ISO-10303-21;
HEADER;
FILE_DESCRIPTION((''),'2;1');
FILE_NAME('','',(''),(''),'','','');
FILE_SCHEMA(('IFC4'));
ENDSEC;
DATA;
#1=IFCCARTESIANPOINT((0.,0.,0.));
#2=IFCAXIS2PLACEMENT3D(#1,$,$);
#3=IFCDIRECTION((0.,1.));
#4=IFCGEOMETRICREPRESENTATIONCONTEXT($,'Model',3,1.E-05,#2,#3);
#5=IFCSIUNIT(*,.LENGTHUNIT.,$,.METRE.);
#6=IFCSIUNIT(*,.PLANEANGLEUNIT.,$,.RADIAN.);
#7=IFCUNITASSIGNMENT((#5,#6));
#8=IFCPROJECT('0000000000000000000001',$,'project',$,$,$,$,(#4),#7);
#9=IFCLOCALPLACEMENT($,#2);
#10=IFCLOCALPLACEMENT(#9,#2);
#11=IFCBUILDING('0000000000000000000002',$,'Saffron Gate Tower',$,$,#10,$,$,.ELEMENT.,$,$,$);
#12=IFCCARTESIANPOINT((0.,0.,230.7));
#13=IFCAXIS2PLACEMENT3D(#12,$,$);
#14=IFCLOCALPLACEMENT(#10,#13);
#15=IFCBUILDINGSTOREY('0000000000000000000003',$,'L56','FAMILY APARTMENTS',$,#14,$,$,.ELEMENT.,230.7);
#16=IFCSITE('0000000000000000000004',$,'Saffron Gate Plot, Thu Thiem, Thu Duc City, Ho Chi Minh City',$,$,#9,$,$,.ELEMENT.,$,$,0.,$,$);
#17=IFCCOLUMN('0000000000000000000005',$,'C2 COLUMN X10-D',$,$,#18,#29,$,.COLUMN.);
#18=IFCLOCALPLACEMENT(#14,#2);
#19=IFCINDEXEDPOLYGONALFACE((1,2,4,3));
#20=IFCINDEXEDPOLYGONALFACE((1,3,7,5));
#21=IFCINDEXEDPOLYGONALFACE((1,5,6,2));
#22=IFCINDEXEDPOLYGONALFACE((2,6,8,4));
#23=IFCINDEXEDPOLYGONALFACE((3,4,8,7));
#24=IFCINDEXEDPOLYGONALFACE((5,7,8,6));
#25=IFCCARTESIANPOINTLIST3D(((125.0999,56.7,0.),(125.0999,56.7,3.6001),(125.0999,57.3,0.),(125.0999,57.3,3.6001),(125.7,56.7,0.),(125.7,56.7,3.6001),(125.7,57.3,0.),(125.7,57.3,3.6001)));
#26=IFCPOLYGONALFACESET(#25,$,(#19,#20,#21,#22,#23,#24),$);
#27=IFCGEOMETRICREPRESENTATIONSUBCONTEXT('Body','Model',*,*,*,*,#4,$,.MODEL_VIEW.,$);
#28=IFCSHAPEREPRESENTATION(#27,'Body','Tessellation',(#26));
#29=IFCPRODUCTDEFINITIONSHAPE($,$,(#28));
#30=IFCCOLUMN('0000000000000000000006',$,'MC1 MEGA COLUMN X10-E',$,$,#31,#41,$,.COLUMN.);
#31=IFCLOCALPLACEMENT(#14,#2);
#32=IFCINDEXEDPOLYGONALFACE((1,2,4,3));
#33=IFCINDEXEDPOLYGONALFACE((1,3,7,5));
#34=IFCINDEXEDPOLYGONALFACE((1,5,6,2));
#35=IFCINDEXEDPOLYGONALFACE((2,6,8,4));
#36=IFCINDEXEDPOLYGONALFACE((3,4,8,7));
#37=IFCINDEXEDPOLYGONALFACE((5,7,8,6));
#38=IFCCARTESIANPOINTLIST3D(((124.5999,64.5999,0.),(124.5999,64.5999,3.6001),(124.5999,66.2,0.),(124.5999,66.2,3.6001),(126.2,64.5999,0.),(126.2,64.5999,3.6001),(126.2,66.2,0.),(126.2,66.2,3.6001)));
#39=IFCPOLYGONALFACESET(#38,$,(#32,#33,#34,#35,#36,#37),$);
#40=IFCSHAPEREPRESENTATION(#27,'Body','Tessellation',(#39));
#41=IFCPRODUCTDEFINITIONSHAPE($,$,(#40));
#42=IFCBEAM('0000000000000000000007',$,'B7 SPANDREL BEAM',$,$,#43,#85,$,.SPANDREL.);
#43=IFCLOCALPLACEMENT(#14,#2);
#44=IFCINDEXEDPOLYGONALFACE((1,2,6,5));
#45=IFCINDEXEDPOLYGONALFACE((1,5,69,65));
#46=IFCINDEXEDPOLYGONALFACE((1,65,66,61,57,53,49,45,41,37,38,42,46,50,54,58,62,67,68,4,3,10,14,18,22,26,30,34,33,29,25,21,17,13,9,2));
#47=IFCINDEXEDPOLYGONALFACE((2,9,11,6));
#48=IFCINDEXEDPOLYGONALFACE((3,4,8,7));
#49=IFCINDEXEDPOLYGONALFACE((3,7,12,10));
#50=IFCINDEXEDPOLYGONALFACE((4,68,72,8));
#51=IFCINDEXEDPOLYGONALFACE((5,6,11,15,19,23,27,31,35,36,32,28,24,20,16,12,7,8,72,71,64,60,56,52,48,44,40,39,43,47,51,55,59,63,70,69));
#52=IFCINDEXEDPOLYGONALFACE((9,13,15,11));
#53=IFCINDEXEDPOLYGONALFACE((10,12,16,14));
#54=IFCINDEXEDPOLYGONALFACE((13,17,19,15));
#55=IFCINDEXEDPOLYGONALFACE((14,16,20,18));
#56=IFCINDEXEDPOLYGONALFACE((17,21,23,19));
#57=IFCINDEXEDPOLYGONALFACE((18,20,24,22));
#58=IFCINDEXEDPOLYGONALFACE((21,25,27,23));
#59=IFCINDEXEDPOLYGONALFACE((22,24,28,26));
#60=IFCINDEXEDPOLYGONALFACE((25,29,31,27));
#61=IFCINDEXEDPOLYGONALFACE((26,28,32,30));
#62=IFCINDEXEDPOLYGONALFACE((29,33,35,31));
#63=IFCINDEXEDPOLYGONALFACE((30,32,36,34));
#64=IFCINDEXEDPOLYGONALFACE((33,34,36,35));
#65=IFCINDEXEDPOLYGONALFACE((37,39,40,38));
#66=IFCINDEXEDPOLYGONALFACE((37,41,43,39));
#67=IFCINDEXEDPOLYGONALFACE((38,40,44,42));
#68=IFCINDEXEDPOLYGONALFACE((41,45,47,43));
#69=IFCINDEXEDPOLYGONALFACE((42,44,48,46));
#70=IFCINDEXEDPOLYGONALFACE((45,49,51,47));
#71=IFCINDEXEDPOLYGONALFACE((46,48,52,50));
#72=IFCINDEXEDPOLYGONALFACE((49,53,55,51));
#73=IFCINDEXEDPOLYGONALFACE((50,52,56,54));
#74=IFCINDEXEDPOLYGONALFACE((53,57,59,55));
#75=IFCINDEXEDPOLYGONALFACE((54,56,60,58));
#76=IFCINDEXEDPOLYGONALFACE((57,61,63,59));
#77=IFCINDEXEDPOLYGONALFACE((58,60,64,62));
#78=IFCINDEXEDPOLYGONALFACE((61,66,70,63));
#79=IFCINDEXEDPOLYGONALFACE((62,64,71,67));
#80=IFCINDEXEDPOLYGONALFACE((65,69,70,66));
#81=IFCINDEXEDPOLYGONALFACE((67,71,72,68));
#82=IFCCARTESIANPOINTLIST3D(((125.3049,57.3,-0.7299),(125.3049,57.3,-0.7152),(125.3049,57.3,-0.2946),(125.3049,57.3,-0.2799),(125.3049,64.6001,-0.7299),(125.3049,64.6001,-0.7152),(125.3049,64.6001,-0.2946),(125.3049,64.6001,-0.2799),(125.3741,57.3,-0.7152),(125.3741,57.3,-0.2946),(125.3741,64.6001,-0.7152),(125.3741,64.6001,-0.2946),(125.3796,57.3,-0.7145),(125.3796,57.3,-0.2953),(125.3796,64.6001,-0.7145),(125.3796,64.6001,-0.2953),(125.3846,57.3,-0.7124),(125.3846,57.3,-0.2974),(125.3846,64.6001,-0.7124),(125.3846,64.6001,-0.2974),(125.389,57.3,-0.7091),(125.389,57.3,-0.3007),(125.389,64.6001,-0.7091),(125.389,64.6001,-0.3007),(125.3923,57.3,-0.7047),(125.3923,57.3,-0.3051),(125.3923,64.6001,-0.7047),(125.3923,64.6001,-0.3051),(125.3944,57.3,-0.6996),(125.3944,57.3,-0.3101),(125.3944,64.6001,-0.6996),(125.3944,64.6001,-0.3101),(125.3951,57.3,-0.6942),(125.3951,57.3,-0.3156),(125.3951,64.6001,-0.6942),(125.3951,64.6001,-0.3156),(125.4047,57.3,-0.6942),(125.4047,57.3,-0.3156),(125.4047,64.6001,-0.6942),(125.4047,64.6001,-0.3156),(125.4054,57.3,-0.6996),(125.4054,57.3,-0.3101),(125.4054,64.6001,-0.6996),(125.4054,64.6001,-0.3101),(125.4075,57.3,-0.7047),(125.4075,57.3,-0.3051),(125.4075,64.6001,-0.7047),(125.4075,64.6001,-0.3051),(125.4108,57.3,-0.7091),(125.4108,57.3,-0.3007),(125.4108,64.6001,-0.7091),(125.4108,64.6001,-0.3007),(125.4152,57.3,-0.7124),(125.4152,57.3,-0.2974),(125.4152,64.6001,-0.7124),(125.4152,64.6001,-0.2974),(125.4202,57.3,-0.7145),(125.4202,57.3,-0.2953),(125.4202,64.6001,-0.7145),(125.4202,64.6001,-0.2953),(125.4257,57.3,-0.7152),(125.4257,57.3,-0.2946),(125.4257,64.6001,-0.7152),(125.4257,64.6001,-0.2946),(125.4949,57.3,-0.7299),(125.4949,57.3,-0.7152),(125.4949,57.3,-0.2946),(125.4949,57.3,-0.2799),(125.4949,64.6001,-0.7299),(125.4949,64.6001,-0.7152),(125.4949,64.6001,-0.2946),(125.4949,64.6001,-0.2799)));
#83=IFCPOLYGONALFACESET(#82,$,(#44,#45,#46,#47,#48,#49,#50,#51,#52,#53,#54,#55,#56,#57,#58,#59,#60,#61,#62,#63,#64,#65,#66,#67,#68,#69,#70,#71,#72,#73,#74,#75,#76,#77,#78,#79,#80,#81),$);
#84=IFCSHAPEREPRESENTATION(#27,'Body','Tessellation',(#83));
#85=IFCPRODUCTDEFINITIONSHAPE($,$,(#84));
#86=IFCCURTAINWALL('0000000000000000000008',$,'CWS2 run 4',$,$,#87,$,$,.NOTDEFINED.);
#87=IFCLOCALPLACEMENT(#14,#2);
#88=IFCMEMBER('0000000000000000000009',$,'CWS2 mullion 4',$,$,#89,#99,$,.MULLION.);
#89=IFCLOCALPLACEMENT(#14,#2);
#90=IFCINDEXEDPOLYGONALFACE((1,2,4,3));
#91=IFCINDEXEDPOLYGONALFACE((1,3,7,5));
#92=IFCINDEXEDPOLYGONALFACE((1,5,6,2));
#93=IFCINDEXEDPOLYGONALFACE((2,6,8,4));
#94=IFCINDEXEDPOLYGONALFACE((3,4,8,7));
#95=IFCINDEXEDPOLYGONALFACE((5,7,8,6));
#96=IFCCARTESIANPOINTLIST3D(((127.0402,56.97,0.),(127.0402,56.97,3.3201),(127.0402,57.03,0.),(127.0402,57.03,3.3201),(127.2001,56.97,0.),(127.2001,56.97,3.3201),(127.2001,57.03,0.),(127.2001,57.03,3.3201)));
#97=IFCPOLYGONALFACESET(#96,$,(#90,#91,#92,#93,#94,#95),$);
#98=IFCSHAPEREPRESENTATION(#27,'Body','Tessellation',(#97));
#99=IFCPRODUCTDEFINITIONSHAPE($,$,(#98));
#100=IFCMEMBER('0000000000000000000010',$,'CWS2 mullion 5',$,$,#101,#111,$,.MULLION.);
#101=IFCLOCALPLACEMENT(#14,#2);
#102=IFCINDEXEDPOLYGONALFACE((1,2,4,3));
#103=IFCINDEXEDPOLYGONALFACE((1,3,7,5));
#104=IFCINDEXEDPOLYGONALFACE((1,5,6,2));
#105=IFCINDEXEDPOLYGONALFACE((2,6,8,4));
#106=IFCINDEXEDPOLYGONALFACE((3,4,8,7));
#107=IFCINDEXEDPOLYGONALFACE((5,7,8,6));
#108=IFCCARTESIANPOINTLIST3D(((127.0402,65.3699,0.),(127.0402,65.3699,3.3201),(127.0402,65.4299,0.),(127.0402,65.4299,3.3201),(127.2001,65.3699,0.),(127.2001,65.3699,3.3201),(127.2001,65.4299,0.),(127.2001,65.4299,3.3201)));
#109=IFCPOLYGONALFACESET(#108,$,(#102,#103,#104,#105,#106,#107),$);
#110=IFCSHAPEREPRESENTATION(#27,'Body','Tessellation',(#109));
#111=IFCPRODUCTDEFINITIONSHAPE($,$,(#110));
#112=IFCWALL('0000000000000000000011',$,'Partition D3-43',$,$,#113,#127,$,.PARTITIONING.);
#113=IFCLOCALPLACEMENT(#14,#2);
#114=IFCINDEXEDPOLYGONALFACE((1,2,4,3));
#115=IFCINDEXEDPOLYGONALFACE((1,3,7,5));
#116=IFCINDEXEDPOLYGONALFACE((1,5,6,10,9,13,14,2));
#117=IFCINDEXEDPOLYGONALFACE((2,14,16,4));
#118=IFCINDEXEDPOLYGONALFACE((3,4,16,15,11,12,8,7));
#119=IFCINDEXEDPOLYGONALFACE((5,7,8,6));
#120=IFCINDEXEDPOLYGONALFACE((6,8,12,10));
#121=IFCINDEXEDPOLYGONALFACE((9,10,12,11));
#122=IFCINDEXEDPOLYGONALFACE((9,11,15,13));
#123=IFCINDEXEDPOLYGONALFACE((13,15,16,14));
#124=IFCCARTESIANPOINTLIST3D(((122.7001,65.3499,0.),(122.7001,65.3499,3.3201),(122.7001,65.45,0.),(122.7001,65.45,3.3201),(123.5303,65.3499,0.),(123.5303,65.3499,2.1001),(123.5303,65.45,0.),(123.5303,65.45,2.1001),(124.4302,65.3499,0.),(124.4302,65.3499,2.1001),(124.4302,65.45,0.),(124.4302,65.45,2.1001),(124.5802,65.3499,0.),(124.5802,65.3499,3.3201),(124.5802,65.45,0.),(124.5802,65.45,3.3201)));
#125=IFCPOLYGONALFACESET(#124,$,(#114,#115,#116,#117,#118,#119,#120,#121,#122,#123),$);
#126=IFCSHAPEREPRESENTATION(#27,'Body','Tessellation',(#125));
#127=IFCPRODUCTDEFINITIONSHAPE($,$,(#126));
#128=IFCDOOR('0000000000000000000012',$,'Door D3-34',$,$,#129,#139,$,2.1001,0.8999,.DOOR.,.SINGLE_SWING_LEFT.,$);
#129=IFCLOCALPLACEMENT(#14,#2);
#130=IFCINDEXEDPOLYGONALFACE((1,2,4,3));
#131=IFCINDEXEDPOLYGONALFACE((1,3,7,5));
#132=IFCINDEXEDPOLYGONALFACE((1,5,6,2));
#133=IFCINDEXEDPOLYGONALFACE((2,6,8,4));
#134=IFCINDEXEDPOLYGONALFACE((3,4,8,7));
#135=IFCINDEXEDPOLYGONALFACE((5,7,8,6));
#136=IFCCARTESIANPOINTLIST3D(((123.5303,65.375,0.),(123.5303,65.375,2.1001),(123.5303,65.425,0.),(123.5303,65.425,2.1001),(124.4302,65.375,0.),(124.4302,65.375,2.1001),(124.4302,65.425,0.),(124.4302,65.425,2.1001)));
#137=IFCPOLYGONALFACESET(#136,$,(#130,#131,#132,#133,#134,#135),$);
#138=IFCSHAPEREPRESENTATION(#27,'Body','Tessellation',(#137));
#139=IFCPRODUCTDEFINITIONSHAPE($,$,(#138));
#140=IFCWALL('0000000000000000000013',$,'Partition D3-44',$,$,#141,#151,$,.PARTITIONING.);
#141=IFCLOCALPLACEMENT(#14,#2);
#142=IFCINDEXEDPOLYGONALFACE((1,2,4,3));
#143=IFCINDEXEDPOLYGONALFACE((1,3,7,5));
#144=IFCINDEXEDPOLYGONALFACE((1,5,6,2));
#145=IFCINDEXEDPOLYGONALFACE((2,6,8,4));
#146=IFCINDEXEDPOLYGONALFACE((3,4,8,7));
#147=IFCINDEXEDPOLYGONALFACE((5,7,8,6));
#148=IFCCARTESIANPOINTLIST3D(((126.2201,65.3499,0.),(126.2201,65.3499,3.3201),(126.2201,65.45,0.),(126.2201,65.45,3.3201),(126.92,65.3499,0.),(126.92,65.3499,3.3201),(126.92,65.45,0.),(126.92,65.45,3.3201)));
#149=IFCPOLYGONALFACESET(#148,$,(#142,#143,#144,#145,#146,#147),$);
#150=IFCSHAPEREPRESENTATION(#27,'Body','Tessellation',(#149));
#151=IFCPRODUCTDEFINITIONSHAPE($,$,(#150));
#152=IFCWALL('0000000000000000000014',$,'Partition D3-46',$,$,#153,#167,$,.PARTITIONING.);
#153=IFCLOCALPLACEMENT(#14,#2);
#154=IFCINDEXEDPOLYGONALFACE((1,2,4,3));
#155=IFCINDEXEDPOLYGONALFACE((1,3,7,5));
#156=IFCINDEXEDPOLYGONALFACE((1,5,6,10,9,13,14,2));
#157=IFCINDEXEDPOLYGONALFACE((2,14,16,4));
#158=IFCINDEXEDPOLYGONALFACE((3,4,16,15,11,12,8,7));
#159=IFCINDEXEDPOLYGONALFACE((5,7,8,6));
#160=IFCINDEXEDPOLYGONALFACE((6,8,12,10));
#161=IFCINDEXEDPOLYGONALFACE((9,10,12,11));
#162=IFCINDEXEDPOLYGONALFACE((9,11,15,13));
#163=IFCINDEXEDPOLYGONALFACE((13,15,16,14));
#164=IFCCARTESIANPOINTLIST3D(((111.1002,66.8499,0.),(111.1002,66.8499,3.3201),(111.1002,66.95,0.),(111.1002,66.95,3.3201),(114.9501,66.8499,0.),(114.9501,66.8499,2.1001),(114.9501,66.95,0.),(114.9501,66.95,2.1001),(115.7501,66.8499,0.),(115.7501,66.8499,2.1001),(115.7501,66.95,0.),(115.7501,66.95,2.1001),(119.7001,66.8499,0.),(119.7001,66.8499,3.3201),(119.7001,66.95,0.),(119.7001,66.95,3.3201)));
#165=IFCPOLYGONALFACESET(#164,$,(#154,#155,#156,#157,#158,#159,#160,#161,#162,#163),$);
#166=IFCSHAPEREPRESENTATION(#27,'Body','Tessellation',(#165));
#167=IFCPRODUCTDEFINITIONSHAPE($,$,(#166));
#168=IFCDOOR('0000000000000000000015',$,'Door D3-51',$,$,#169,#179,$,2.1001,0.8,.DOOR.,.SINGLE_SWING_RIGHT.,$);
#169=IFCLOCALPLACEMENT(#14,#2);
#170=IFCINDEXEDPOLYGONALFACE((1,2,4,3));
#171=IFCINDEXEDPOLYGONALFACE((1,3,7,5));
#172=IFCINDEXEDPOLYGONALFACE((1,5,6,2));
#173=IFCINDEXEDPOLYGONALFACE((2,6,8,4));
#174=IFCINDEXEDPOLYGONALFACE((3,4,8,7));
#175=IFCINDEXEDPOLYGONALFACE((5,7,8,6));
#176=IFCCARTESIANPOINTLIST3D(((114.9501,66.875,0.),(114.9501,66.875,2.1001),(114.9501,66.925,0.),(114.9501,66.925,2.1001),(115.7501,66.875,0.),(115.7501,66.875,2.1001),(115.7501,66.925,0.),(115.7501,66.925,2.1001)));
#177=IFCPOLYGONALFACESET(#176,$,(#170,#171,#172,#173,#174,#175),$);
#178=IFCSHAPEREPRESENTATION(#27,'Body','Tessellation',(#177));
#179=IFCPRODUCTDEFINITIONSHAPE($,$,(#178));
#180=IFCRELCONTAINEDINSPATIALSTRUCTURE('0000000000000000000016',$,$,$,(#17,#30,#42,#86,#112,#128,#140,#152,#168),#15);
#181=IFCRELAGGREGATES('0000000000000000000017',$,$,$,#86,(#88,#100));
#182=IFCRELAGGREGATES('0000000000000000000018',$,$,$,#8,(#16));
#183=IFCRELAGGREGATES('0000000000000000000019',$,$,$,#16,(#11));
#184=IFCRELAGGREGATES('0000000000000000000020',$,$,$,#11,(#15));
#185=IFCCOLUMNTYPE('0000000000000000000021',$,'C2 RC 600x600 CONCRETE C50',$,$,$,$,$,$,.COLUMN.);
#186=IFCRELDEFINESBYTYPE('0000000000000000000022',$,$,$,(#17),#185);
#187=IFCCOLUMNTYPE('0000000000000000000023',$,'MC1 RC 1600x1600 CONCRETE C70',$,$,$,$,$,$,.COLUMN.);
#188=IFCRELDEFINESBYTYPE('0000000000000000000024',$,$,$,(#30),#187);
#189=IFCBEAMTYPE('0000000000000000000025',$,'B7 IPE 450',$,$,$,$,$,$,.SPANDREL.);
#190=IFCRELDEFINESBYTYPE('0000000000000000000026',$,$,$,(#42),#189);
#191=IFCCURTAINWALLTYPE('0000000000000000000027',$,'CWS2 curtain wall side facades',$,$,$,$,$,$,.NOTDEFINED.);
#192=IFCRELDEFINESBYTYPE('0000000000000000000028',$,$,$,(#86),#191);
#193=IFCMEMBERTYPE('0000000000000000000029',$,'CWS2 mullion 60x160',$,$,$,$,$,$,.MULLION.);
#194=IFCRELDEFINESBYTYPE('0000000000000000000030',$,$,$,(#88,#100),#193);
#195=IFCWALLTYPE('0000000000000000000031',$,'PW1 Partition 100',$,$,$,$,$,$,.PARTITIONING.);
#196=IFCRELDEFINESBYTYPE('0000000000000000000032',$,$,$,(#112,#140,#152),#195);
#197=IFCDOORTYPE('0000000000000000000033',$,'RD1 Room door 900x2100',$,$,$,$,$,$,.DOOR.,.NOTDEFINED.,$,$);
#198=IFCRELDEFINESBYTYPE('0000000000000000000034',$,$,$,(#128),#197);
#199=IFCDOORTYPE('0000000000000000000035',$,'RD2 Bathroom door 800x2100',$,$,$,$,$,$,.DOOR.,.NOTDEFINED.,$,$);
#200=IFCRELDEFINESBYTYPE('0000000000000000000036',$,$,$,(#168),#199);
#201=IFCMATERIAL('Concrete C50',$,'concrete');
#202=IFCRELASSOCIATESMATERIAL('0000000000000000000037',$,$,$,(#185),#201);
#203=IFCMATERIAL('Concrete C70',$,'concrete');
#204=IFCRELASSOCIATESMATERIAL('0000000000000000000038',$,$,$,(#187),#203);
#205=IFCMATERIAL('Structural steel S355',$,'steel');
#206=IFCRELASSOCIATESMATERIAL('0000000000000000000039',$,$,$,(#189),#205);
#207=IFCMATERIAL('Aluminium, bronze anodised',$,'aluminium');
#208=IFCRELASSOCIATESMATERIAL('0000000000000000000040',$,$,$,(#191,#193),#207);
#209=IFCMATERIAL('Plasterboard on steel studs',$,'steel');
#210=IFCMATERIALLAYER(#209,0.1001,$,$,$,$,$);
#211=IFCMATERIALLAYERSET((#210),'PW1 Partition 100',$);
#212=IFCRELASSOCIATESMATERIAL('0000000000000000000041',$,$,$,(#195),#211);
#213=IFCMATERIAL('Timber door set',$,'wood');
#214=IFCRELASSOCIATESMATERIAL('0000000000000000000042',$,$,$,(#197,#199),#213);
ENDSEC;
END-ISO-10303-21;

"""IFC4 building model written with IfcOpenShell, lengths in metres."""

from ifc_helpers import new_model, si_unit, direction, frame, frame_2d, origin, origin_2d, place, context, subcontext, project, spatial, rectangle, i_section, extrude, material, layer, layer_set, material_profile, profile_set, type_object, element, fill, aggregate, save


model = new_model("IFC4")

# Units and contexts
model_context = context("Model", 3, precision=1e-05, world=origin(), true_north=direction((0.0, 1.0)))
body_context = subcontext(model_context, "Body", "Model", "MODEL_VIEW")
ifc_project = project(units=[si_unit("LENGTHUNIT", "METRE"), si_unit("PLANEANGLEUNIT", "RADIAN")], contexts=[model_context])

# Site, building, storey
site_placement = place(None, origin())
site = spatial("IfcSite", under=ifc_project, at=site_placement, Name="Saffron Gate Plot, Thu Thiem, Thu Duc City, Ho Chi Minh City", CompositionType="ELEMENT", RefElevation=0.0)
building_placement = place(site_placement, origin())
building = spatial("IfcBuilding", under=site, at=building_placement, Name="Saffron Gate Tower", CompositionType="ELEMENT")
storey_placement = place(building_placement, frame((0.0, 0.0, 230.7)))
storey = spatial("IfcBuildingStorey", under=building, at=storey_placement, Name="L56", Description="FAMILY APARTMENTS", CompositionType="ELEMENT", Elevation=230.7)

# Columns
ifc_material_1 = material(Name="Concrete C50", Category="concrete")
ifc_material_profile_1 = material_profile(ifc_material_1, rectangle(XDim=0.6001, YDim=0.6001, at=origin_2d()))
ifc_profile_set_1 = profile_set([ifc_material_profile_1], Name="Concrete C50")
column_type_1 = type_object("IfcColumnType", Name="C2 RC 600x600 CONCRETE C50", PredefinedType="COLUMN", material=ifc_profile_set_1)
column_1_placement = place(storey_placement, frame((125.3999, 57.0, 0.0), z_axis=(0.0, 0.0, 1.0), x_axis=(1.0, 0.0, 0.0)))
element("IfcColumn", 1, at=column_1_placement, inside=storey, type_object=column_type_1, Name="C2 COLUMN X10-D", PredefinedType="COLUMN", context=body_context, shape_type="SweptSolid", body=[
    extrude(rectangle(XDim=0.6001, YDim=0.6001, at=origin_2d()), origin(), (0.0, 0.0, 1.0), 3.6001),
])
ifc_material_2 = material(Name="Concrete C70", Category="concrete")
ifc_material_profile_2 = material_profile(ifc_material_2, rectangle(XDim=1.6001, YDim=1.6001, at=origin_2d()))
ifc_profile_set_2 = profile_set([ifc_material_profile_2], Name="Concrete C70")
column_type_2 = type_object("IfcColumnType", Name="MC1 RC 1600x1600 CONCRETE C70", PredefinedType="COLUMN", material=ifc_profile_set_2)
column_2_placement = place(storey_placement, frame((125.3999, 65.3999, 0.0), z_axis=(0.0, 0.0, 1.0), x_axis=(1.0, 0.0, 0.0)))
element("IfcColumn", 2, at=column_2_placement, inside=storey, type_object=column_type_2, Name="MC1 MEGA COLUMN X10-E", PredefinedType="COLUMN", context=body_context, shape_type="SweptSolid", body=[
    extrude(rectangle(XDim=1.6001, YDim=1.6001, at=origin_2d()), origin(), (0.0, 0.0, 1.0), 3.6001),
])

# Beam
ifc_material_3 = material(Name="Structural steel S355", Category="steel")
ifc_material_profile_3 = material_profile(ifc_material_3, i_section(OverallWidth=0.1899, OverallDepth=0.45, WebThickness=0.0095, FlangeThickness=0.0146, FilletRadius=0.021, at=origin_2d()))
ifc_profile_set_3 = profile_set([ifc_material_profile_3], Name="Structural steel S355")
beam_type = type_object("IfcBeamType", Name="B7 IPE 450", PredefinedType="SPANDREL", material=ifc_profile_set_3)
beam_placement = place(storey_placement, frame((125.3999, 57.3, -0.5049), z_axis=(0.0, 1.0, 0.0), x_axis=(-1.0, 0.0, 0.0)))
element("IfcBeam", 3, at=beam_placement, inside=storey, type_object=beam_type, Name="B7 SPANDREL BEAM", PredefinedType="SPANDREL", context=body_context, shape_type="SweptSolid", body=[
    extrude(i_section(OverallWidth=0.1899, OverallDepth=0.45, WebThickness=0.0095, FlangeThickness=0.0146, FilletRadius=0.021, at=origin_2d()), origin(), (0.0, 0.0, 1.0), 7.3),
])

# Curtain wall, members
ifc_material_4 = material(Name="Aluminium, bronze anodised", Category="aluminium")
curtain_wall_type = type_object("IfcCurtainWallType", Name="CWS2 curtain wall side facades", PredefinedType="NOTDEFINED", material=ifc_material_4)
curtain_wall_placement = place(storey_placement, origin())
curtain_wall = element("IfcCurtainWall", 4, at=curtain_wall_placement, inside=storey, type_object=curtain_wall_type, Name="CWS2 run 4", PredefinedType="NOTDEFINED")
ifc_material_profile_4 = material_profile(ifc_material_4, rectangle(XDim=0.1599, YDim=0.0601, at=origin_2d()))
ifc_profile_set_4 = profile_set([ifc_material_profile_4], Name="Aluminium, bronze anodised")
member_type = type_object("IfcMemberType", Name="CWS2 mullion 60x160", PredefinedType="MULLION", material=ifc_profile_set_4)
member_1_placement = place(storey_placement, frame((127.1201, 57.0, 0.0), z_axis=(0.0, 0.0, 1.0), x_axis=(-1.0, 0.0, 0.0)))
member_1 = element("IfcMember", 5, at=member_1_placement, type_object=member_type, Name="CWS2 mullion 4", PredefinedType="MULLION", context=body_context, shape_type="SweptSolid", body=[
    extrude(rectangle(XDim=0.1599, YDim=0.0601, at=origin_2d()), origin(), (0.0, 0.0, 1.0), 3.3201),
])
member_2_placement = place(storey_placement, frame((127.1201, 65.3999, 0.0), z_axis=(0.0, 0.0, 1.0), x_axis=(-1.0, 0.0, 0.0)))
member_2 = element("IfcMember", 6, at=member_2_placement, type_object=member_type, Name="CWS2 mullion 5", PredefinedType="MULLION", context=body_context, shape_type="SweptSolid", body=[
    extrude(rectangle(XDim=0.1599, YDim=0.0601, at=origin_2d()), origin(), (0.0, 0.0, 1.0), 3.3201),
])
aggregate(curtain_wall, [member_1, member_2])

# Wall, opening, door
ifc_material_5 = material(Name="Plasterboard on steel studs", Category="steel")
ifc_layer = layer(ifc_material_5, 0.1001)
ifc_layer_set = layer_set([ifc_layer], Name="PW1 Partition 100")
wall_type = type_object("IfcWallType", Name="PW1 Partition 100", PredefinedType="PARTITIONING", material=ifc_layer_set)
wall_1_placement = place(storey_placement, frame((124.5801, 65.3999, 0.0), z_axis=(0.0, 0.0, 1.0), x_axis=(-1.0, 0.0, 0.0)))
wall_1 = element("IfcWall", 7, at=wall_1_placement, inside=storey, type_object=wall_type, Name="Partition D3-43", PredefinedType="PARTITIONING", context=body_context, shape_type="SweptSolid", body=[
    extrude(rectangle(XDim=1.8801, YDim=0.1001, at=frame_2d((0.9399, 0.0))), origin(), (0.0, 0.0, 1.0), 3.3201),
])
opening_1_placement = place(wall_1_placement, frame((0.1499, 0.0, 0.0)))
opening_1 = element("IfcOpeningElement", 8, at=opening_1_placement, cuts=wall_1, PredefinedType="OPENING", context=body_context, shape_type="SweptSolid", body=[
    extrude(rectangle(XDim=0.8999, YDim=2.1001, at=frame_2d((0.45, 1.05))), frame((0.0, 0.0601, 0.0), z_axis=(0.0, -1.0, 0.0), x_axis=(1.0, 0.0, 0.0)), (0.0, 0.0, 1.0), 0.1201),
])
ifc_material_6 = material(Name="Timber door set", Category="wood")
door_type_1 = type_object("IfcDoorType", Name="RD1 Room door 900x2100", OperationType="NOTDEFINED", PredefinedType="DOOR", material=ifc_material_6)
door_1_placement = place(opening_1_placement, origin())
door_1 = element("IfcDoor", 9, at=door_1_placement, inside=storey, type_object=door_type_1, Name="Door D3-34", OperationType="SINGLE_SWING_LEFT", OverallHeight=2.1001, OverallWidth=0.8999, PredefinedType="DOOR", context=body_context, shape_type="SweptSolid", body=[
    extrude(rectangle(XDim=0.8999, YDim=2.1001, at=frame_2d((0.45, 1.05))), frame((0.0, 0.0249, 0.0), z_axis=(0.0, -1.0, 0.0), x_axis=(1.0, 0.0, 0.0)), (0.0, 0.0, 1.0), 0.05),
])
fill(opening_1, door_1)

# Wall
wall_2_placement = place(storey_placement, frame((126.22, 65.3999, 0.0), z_axis=(0.0, 0.0, 1.0), x_axis=(1.0, 0.0, 0.0)))
element("IfcWall", 10, at=wall_2_placement, inside=storey, type_object=wall_type, Name="Partition D3-44", PredefinedType="PARTITIONING", context=body_context, shape_type="SweptSolid", body=[
    extrude(rectangle(XDim=0.7, YDim=0.1001, at=frame_2d((0.3501, 0.0))), origin(), (0.0, 0.0, 1.0), 3.3201),
])

# Wall, opening, door
wall_3_placement = place(storey_placement, frame((119.7, 66.8999, 0.0), z_axis=(0.0, 0.0, 1.0), x_axis=(-1.0, 0.0, 0.0)))
wall_3 = element("IfcWall", 11, at=wall_3_placement, inside=storey, type_object=wall_type, Name="Partition D3-46", PredefinedType="PARTITIONING", context=body_context, shape_type="SweptSolid", body=[
    extrude(rectangle(XDim=8.5999, YDim=0.1001, at=frame_2d((4.2998, 0.0))), origin(), (0.0, 0.0, 1.0), 3.3201),
])
opening_2_placement = place(wall_3_placement, frame((3.95, 0.0, 0.0)))
opening_2 = element("IfcOpeningElement", 12, at=opening_2_placement, cuts=wall_3, PredefinedType="OPENING", context=body_context, shape_type="SweptSolid", body=[
    extrude(rectangle(XDim=0.8, YDim=2.1001, at=frame_2d((0.3999, 1.05))), frame((0.0, 0.0601, 0.0), z_axis=(0.0, -1.0, 0.0), x_axis=(1.0, 0.0, 0.0)), (0.0, 0.0, 1.0), 0.1201),
])
door_type_2 = type_object("IfcDoorType", Name="RD2 Bathroom door 800x2100", OperationType="NOTDEFINED", PredefinedType="DOOR", material=ifc_material_6)
door_2_placement = place(opening_2_placement, origin())
door_2 = element("IfcDoor", 13, at=door_2_placement, inside=storey, type_object=door_type_2, Name="Door D3-51", OperationType="SINGLE_SWING_RIGHT", OverallHeight=2.1001, OverallWidth=0.8, PredefinedType="DOOR", context=body_context, shape_type="SweptSolid", body=[
    extrude(rectangle(XDim=0.8, YDim=2.1001, at=frame_2d((0.3999, 1.05))), frame((0.0, 0.0249, 0.0), z_axis=(0.0, -1.0, 0.0), x_axis=(1.0, 0.0, 0.0)), (0.0, 0.0, 1.0), 0.05),
])
fill(opening_2, door_2)

save(model, "model.ifc")
